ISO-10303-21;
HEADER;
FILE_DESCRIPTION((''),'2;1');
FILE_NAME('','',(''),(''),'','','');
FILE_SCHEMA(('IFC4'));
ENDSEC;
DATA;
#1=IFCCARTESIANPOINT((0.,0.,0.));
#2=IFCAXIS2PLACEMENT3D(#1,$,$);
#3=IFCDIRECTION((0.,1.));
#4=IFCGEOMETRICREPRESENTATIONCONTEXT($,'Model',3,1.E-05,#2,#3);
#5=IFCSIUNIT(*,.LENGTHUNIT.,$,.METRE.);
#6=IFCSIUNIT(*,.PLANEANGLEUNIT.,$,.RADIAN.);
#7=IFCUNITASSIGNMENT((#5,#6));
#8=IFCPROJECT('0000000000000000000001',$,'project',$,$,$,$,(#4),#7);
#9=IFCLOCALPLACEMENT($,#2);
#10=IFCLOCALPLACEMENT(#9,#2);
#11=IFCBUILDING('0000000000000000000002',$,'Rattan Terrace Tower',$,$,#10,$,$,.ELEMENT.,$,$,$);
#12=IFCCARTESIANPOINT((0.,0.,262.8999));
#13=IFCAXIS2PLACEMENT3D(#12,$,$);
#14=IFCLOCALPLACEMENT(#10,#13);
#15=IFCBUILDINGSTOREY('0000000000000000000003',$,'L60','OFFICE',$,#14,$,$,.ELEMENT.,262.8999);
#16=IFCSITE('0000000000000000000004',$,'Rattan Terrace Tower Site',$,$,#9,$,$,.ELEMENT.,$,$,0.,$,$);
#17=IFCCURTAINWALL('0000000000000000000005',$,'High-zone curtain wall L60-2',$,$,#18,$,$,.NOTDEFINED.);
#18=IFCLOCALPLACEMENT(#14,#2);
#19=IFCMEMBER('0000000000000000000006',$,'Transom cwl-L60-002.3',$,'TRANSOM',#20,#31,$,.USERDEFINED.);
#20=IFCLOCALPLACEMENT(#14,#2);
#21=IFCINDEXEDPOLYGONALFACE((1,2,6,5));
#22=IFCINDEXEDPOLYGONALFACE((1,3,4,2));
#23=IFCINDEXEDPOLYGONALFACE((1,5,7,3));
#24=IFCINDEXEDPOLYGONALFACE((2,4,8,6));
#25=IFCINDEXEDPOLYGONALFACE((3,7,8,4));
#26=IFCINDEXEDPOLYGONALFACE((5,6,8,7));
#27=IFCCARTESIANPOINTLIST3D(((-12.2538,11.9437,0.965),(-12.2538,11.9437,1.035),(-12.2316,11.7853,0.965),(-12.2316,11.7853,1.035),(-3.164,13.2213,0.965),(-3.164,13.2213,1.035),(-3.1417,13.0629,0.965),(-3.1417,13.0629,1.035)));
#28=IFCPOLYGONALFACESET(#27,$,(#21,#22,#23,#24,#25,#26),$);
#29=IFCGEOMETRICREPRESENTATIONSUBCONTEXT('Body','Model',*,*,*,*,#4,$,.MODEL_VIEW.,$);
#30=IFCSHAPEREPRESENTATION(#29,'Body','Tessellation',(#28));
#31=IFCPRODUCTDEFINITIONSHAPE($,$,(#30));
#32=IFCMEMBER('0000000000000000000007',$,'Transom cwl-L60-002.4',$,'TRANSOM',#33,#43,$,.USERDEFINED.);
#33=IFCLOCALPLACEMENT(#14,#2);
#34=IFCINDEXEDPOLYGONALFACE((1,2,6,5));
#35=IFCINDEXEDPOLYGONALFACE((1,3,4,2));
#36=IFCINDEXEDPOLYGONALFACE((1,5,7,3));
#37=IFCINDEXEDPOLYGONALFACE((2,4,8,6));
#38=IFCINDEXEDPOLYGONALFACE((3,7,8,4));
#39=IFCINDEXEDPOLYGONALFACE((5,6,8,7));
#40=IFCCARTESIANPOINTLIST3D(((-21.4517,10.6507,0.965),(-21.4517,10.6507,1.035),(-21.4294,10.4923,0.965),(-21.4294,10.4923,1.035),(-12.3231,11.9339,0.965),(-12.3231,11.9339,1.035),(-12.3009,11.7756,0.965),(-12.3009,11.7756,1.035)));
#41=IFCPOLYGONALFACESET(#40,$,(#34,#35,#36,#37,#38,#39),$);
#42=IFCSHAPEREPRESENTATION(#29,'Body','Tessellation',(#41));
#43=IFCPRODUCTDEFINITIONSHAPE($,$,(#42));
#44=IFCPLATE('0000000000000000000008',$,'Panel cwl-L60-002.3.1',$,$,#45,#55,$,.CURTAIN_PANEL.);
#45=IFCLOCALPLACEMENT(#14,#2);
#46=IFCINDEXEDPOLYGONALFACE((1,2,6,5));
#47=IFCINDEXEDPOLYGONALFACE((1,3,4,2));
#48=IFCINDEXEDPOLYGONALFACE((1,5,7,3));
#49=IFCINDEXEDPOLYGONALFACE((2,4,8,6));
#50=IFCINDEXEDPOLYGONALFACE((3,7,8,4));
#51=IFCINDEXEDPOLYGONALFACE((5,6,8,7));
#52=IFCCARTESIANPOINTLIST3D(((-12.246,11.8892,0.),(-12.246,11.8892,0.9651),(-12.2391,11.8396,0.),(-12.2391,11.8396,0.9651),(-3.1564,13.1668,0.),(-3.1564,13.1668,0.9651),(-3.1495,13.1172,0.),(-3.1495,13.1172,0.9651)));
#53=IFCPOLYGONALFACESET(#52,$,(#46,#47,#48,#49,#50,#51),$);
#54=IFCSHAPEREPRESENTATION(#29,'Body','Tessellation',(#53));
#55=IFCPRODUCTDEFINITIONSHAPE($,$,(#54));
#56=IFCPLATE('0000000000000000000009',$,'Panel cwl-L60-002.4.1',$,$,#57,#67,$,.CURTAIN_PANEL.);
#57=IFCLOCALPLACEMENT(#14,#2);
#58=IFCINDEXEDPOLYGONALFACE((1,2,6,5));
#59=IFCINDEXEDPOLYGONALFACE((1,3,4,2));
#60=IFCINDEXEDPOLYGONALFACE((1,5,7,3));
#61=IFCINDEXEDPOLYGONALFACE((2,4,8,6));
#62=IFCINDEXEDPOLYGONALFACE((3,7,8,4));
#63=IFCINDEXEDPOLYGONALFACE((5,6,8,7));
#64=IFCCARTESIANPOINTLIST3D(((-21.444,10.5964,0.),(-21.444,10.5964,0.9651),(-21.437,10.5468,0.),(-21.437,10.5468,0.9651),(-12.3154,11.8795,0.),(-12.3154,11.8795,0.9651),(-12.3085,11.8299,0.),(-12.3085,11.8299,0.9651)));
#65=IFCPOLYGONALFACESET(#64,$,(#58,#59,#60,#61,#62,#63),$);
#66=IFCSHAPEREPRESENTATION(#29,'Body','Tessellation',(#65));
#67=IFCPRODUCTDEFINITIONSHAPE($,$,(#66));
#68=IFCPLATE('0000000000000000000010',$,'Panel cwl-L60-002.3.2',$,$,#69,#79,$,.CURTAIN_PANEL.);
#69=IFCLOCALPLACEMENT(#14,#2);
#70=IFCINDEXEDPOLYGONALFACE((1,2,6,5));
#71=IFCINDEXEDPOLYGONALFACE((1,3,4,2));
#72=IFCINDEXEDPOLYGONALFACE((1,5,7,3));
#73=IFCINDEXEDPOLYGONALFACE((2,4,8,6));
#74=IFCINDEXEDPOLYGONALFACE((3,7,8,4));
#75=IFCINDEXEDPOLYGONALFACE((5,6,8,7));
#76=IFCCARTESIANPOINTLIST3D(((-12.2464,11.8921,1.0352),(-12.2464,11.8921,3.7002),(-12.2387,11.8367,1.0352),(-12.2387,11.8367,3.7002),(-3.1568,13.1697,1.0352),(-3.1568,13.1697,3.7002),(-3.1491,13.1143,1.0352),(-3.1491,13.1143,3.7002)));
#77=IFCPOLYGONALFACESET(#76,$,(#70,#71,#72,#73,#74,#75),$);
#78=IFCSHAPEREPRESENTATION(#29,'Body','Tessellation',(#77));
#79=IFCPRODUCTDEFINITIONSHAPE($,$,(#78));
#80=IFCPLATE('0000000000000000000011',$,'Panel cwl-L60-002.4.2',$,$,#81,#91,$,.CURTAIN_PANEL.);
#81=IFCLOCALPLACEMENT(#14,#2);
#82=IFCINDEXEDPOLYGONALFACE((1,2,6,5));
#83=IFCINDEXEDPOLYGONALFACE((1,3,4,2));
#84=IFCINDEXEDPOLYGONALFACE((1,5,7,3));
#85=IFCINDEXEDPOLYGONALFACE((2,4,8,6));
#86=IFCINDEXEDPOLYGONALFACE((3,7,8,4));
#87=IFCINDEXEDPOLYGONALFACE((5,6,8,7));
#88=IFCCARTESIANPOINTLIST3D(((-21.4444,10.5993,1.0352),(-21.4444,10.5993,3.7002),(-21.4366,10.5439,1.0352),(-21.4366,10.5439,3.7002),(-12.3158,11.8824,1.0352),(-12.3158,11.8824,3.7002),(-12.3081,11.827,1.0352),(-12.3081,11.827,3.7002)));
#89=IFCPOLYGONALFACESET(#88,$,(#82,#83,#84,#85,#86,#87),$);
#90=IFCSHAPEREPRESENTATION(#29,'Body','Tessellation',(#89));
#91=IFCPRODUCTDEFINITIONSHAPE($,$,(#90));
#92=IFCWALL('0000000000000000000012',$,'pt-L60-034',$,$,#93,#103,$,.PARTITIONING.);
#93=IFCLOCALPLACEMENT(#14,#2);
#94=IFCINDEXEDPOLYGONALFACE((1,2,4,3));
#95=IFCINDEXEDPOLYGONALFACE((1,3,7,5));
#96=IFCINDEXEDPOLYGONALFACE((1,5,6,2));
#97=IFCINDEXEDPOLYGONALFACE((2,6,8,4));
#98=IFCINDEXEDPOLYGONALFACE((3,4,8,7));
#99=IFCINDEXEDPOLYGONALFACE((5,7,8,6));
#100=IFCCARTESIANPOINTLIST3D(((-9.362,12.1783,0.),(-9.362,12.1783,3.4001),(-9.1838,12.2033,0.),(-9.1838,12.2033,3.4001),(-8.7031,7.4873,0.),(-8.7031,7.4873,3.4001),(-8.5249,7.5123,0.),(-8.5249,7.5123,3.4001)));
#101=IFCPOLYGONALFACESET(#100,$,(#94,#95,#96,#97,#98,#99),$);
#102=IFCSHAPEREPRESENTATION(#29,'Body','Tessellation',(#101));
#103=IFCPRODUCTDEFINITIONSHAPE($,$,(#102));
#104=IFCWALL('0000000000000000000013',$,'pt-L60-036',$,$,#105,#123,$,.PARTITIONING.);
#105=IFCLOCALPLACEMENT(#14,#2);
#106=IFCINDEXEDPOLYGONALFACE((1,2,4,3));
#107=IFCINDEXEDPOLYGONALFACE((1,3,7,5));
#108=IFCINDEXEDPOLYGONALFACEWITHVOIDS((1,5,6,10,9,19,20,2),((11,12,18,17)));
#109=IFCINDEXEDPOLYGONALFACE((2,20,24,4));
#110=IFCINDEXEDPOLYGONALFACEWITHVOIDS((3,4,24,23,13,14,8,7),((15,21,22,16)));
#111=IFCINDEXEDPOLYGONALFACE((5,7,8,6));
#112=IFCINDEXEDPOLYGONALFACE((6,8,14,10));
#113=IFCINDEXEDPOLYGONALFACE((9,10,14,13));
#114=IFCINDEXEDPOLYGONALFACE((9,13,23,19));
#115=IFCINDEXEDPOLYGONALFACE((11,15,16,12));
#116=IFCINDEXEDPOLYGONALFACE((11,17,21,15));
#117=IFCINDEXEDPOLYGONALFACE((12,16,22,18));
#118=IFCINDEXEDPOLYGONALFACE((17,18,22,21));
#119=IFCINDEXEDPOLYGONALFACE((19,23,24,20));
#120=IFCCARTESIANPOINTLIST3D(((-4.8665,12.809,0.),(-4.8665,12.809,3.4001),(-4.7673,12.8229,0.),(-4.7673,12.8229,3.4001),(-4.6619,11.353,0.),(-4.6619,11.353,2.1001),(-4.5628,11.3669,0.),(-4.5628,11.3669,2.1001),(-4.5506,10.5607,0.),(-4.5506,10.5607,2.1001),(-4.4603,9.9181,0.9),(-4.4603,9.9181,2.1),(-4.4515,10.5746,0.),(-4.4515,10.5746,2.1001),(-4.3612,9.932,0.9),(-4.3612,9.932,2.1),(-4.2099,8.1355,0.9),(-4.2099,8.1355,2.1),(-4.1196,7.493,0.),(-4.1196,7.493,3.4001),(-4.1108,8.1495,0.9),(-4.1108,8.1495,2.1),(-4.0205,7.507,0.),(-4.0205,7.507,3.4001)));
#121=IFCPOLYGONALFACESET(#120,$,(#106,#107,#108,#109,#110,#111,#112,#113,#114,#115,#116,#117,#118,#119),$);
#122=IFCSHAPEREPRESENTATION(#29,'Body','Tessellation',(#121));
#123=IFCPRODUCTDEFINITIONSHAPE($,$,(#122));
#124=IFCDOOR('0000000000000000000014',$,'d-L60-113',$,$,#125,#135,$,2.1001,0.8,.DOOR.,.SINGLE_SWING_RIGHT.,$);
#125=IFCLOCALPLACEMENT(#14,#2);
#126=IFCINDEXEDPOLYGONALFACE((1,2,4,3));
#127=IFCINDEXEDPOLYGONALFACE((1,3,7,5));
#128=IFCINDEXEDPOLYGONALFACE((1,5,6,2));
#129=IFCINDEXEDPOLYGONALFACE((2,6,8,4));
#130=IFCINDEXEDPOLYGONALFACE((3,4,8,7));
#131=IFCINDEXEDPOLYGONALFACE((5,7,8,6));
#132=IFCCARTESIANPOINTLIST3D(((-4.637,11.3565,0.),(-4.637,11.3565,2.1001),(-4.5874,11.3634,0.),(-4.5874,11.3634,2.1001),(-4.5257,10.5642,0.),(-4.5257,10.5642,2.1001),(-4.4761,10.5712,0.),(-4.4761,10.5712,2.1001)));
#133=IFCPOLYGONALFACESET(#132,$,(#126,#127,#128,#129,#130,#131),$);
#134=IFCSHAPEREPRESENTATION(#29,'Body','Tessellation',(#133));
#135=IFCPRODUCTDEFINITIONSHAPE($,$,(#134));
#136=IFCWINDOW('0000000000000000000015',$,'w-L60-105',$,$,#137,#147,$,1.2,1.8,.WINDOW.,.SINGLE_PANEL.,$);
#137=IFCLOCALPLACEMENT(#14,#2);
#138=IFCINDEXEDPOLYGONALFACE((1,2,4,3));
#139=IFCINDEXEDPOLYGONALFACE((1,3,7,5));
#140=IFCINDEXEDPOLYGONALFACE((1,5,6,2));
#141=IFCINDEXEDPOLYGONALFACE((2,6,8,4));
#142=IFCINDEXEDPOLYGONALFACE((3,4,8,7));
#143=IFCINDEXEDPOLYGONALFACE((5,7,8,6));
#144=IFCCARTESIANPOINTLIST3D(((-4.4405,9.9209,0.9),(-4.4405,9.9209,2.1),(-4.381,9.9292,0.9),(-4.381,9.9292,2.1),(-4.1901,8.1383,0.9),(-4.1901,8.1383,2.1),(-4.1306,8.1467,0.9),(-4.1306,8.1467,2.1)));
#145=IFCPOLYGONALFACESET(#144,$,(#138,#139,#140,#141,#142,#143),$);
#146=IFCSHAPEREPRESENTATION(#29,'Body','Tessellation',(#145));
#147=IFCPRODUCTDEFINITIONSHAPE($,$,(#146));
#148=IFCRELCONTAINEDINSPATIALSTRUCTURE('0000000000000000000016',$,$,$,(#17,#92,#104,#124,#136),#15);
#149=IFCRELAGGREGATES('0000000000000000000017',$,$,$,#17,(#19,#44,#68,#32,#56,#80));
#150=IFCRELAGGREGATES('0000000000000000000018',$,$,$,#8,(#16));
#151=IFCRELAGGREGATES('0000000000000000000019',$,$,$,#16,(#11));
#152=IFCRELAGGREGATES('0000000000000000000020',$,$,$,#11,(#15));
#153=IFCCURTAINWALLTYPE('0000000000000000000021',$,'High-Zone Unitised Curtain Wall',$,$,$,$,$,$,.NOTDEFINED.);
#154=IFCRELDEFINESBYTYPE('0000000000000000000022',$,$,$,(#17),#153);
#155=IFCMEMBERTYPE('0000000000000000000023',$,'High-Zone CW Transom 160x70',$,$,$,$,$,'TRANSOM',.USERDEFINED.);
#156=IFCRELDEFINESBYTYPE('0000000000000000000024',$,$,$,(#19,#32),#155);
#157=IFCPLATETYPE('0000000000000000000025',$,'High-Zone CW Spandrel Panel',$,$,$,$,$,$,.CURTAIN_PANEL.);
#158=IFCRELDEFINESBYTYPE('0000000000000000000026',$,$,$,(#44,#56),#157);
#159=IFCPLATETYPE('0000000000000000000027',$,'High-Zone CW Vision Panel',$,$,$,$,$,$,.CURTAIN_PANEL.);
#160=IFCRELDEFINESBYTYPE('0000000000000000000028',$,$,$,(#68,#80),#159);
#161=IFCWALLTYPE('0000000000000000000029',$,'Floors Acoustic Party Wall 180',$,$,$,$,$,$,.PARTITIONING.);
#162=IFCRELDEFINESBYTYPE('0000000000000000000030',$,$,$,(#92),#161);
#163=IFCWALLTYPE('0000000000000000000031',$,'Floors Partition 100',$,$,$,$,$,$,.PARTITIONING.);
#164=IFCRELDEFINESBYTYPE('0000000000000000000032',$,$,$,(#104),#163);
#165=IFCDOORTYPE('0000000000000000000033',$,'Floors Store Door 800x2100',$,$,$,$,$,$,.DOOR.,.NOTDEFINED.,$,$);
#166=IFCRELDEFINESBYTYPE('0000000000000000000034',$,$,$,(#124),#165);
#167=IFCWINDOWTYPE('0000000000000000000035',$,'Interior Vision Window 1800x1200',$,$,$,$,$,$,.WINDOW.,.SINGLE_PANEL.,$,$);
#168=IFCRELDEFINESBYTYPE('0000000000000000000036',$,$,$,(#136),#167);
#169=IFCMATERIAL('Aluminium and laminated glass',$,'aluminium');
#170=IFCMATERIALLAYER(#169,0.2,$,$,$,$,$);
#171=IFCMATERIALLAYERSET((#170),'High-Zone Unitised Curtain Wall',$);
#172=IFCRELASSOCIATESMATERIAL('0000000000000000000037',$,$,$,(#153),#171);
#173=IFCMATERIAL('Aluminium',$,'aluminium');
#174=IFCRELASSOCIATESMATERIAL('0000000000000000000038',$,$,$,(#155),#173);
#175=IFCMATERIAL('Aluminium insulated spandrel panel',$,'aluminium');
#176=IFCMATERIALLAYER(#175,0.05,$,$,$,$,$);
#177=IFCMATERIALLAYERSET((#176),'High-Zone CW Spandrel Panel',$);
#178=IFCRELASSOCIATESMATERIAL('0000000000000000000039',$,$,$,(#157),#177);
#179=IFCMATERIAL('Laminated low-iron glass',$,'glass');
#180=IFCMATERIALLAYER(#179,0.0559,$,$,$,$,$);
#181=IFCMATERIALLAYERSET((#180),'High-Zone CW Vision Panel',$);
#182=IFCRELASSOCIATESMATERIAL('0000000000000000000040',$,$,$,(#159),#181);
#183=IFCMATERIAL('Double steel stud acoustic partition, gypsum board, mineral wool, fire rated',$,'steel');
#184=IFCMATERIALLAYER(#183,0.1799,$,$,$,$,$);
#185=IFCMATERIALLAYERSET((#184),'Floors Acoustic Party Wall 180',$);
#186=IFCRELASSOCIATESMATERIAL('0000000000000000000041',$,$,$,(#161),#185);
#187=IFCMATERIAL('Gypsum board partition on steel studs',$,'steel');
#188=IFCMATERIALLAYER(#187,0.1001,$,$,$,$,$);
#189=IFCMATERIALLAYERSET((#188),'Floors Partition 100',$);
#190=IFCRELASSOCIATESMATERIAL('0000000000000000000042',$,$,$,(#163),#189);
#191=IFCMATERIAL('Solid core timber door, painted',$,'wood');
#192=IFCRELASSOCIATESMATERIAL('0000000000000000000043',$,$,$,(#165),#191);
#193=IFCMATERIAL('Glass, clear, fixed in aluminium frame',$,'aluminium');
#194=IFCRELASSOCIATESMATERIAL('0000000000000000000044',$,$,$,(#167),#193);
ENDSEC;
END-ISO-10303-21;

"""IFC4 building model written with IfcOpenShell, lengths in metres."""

from ifc_helpers import new_model, si_unit, direction, frame, frame_2d, origin, origin_2d, place, context, subcontext, project, spatial, rectangle, extrude, material, layer, layer_set, material_profile, profile_set, type_object, element, fill, aggregate, save


model = new_model("IFC4")

# Units and contexts
model_context = context("Model", 3, precision=1e-05, world=origin(), true_north=direction((0.0, 1.0)))
body_context = subcontext(model_context, "Body", "Model", "MODEL_VIEW")
ifc_project = project(units=[si_unit("LENGTHUNIT", "METRE"), si_unit("PLANEANGLEUNIT", "RADIAN")], contexts=[model_context])

# Site, building, storey
site_placement = place(None, origin())
site = spatial("IfcSite", under=ifc_project, at=site_placement, Name="Rattan Terrace Tower Site", CompositionType="ELEMENT", RefElevation=0.0)
building_placement = place(site_placement, origin())
building = spatial("IfcBuilding", under=site, at=building_placement, Name="Rattan Terrace Tower", CompositionType="ELEMENT")
storey_placement = place(building_placement, frame((0.0, 0.0, 262.8999)))
storey = spatial("IfcBuildingStorey", under=building, at=storey_placement, Name="L60", Description="OFFICE", CompositionType="ELEMENT", Elevation=262.8999)

# Curtain wall, members, plates
ifc_material_1 = material(Name="Aluminium and laminated glass", Category="aluminium")
ifc_layer_1 = layer(ifc_material_1, 0.2)
ifc_layer_set_1 = layer_set([ifc_layer_1], Name="High-Zone Unitised Curtain Wall")
curtain_wall_type = type_object("IfcCurtainWallType", Name="High-Zone Unitised Curtain Wall", PredefinedType="NOTDEFINED", material=ifc_layer_set_1)
curtain_wall_placement = place(storey_placement, origin())
curtain_wall = element("IfcCurtainWall", 1, at=curtain_wall_placement, inside=storey, type_object=curtain_wall_type, Name="High-zone curtain wall L60-2", PredefinedType="NOTDEFINED")
ifc_material_2 = material(Name="Aluminium", Category="aluminium")
ifc_material_profile_1 = material_profile(ifc_material_2, rectangle(XDim=0.1599, YDim=0.0701, at=origin_2d()), Name="Aluminium 160x70")
ifc_profile_set_1 = profile_set([ifc_material_profile_1], Name="Aluminium")
member_type_1 = type_object("IfcMemberType", Name="High-Zone CW Transom 160x70", ElementType="TRANSOM", PredefinedType="USERDEFINED", material=ifc_profile_set_1)
member_1_placement = place(storey_placement, frame((-3.1528, 13.1421, 1.0), z_axis=(-0.990267, -0.139183, 0.0), x_axis=(0.139183, -0.990267, 0.0)))
member_1 = element("IfcMember", 2, at=member_1_placement, type_object=member_type_1, Name="Transom cwl-L60-002.3", ObjectType="TRANSOM", PredefinedType="USERDEFINED", context=body_context, shape_type="SweptSolid", body=[
    extrude(rectangle(XDim=0.1599, YDim=0.0701, at=origin_2d()), origin(), (0.0, 0.0, 1.0), 9.1792),
])
member_2_placement = place(storey_placement, frame((-12.312, 11.8547, 1.0), z_axis=(-0.990264, -0.139204, 0.0), x_axis=(0.139204, -0.990264, 0.0)))
member_2 = element("IfcMember", 3, at=member_2_placement, type_object=member_type_1, Name="Transom cwl-L60-002.4", ObjectType="TRANSOM", PredefinedType="USERDEFINED", context=body_context, shape_type="SweptSolid", body=[
    extrude(rectangle(XDim=0.1599, YDim=0.0701, at=origin_2d()), origin(), (0.0, 0.0, 1.0), 9.2183),
])
ifc_material_3 = material(Name="Aluminium insulated spandrel panel", Category="aluminium")
ifc_layer_2 = layer(ifc_material_3, 0.05)
ifc_layer_set_2 = layer_set([ifc_layer_2], Name="High-Zone CW Spandrel Panel")
plate_type_1 = type_object("IfcPlateType", Name="High-Zone CW Spandrel Panel", PredefinedType="CURTAIN_PANEL", material=ifc_layer_set_2)
plate_1_placement = place(storey_placement, frame((-7.6978, 12.5032, 0.0), z_axis=(0.0, 0.0, 1.0), x_axis=(-0.990266, -0.139189, 0.0)))
plate_1 = element("IfcPlate", 4, at=plate_1_placement, type_object=plate_type_1, Name="Panel cwl-L60-002.3.1", PredefinedType="CURTAIN_PANEL", context=body_context, shape_type="SweptSolid", body=[
    extrude(rectangle(XDim=9.179, YDim=0.05, at=origin_2d()), origin(), (0.0, 0.0, 1.0), 0.9651),
])
plate_2_placement = place(storey_placement, frame((-16.8762, 11.2131, 0.0), z_axis=(0.0, 0.0, 1.0), x_axis=(-0.990266, -0.139189, 0.0)))
plate_2 = element("IfcPlate", 5, at=plate_2_placement, type_object=plate_type_1, Name="Panel cwl-L60-002.4.1", PredefinedType="CURTAIN_PANEL", context=body_context, shape_type="SweptSolid", body=[
    extrude(rectangle(XDim=9.2183, YDim=0.05, at=origin_2d()), origin(), (0.0, 0.0, 1.0), 0.9651),
])
ifc_material_4 = material(Name="Laminated low-iron glass", Category="glass")
ifc_layer_3 = layer(ifc_material_4, 0.0559)
ifc_layer_set_3 = layer_set([ifc_layer_3], Name="High-Zone CW Vision Panel")
plate_type_2 = type_object("IfcPlateType", Name="High-Zone CW Vision Panel", PredefinedType="CURTAIN_PANEL", material=ifc_layer_set_3)
plate_3_placement = place(storey_placement, frame((-7.6978, 12.5032, 1.0352), z_axis=(0.0, 0.0, 1.0), x_axis=(-0.990266, -0.139189, 0.0)))
plate_3 = element("IfcPlate", 6, at=plate_3_placement, type_object=plate_type_2, Name="Panel cwl-L60-002.3.2", PredefinedType="CURTAIN_PANEL", context=body_context, shape_type="SweptSolid", body=[
    extrude(rectangle(XDim=9.179, YDim=0.0559, at=origin_2d()), origin(), (0.0, 0.0, 1.0), 2.665),
])
plate_4_placement = place(storey_placement, frame((-16.8762, 11.2131, 1.0352), z_axis=(0.0, 0.0, 1.0), x_axis=(-0.990266, -0.139189, 0.0)))
plate_4 = element("IfcPlate", 7, at=plate_4_placement, type_object=plate_type_2, Name="Panel cwl-L60-002.4.2", PredefinedType="CURTAIN_PANEL", context=body_context, shape_type="SweptSolid", body=[
    extrude(rectangle(XDim=9.2183, YDim=0.0559, at=origin_2d()), origin(), (0.0, 0.0, 1.0), 2.665),
])
aggregate(curtain_wall, [member_1, plate_1, plate_3, member_2, plate_2, plate_4])

# Wall
ifc_material_5 = material(Name="Double steel stud acoustic partition, gypsum board, mineral wool, fire rated", Category="steel")
ifc_layer_4 = layer(ifc_material_5, 0.1799)
ifc_layer_set_4 = layer_set([ifc_layer_4], Name="Floors Acoustic Party Wall 180")
wall_type_1 = type_object("IfcWallType", Name="Floors Acoustic Party Wall 180", PredefinedType="PARTITIONING", material=ifc_layer_set_4)
wall_1_placement = place(storey_placement, frame((-9.2729, 12.1909, 0.0), z_axis=(0.0, 0.0, 1.0), x_axis=(0.139105, -0.990278, 0.0)))
element("IfcWall", 8, at=wall_1_placement, inside=storey, type_object=wall_type_1, Name="pt-L60-034", PredefinedType="PARTITIONING", context=body_context, shape_type="SweptSolid", body=[
    extrude(rectangle(XDim=4.7371, YDim=0.1799, at=frame_2d((2.3687, 0.0))), origin(), (0.0, 0.0, 1.0), 3.4001),
])

# Wall, openings, door, window
ifc_material_6 = material(Name="Gypsum board partition on steel studs", Category="steel")
ifc_layer_5 = layer(ifc_material_6, 0.1001)
ifc_layer_set_5 = layer_set([ifc_layer_5], Name="Floors Partition 100")
wall_type_2 = type_object("IfcWallType", Name="Floors Partition 100", PredefinedType="PARTITIONING", material=ifc_layer_set_5)
wall_2_placement = place(storey_placement, frame((-4.0701, 7.5, 0.0), z_axis=(0.0, 0.0, 1.0), x_axis=(-0.139122, 0.990275, 0.0)))
wall_2 = element("IfcWall", 9, at=wall_2_placement, inside=storey, type_object=wall_type_2, Name="pt-L60-036", PredefinedType="PARTITIONING", context=body_context, shape_type="SweptSolid", body=[
    extrude(rectangle(XDim=5.3682, YDim=0.1001, at=frame_2d((2.6841, 0.0))), origin(), (0.0, 0.0, 1.0), 3.4001),
])
opening_1_placement = place(wall_2_placement, frame((3.0979, 0.0, 0.0)))
opening_1 = element("IfcOpeningElement", 10, at=opening_1_placement, cuts=wall_2, PredefinedType="OPENING", context=body_context, shape_type="SweptSolid", body=[
    extrude(rectangle(XDim=0.8, YDim=2.1001, at=frame_2d((0.3999, 1.05))), frame((0.0, 0.0605, 0.0), z_axis=(0.0, -1.0, 0.0), x_axis=(1.0, 0.0, 0.0)), (0.0, 0.0, 1.0), 0.1211),
])
opening_2_placement = place(wall_2_placement, frame((0.6489, 0.0, 0.8999)))
opening_2 = element("IfcOpeningElement", 11, at=opening_2_placement, cuts=wall_2, PredefinedType="OPENING", context=body_context, shape_type="SweptSolid", body=[
    extrude(rectangle(XDim=1.8, YDim=1.2, at=frame_2d((0.8999, 0.6001))), frame((0.0, 0.0605, 0.0), z_axis=(0.0, -1.0, 0.0), x_axis=(1.0, 0.0, 0.0)), (0.0, 0.0, 1.0), 0.1211),
])
ifc_material_7 = material(Name="Solid core timber door, painted", Category="wood")
door_type_1 = type_object("IfcDoorType", Name="Floors Store Door 800x2100", OperationType="NOTDEFINED", PredefinedType="DOOR", material=ifc_material_7)
door_1_placement = place(opening_1_placement, origin())
door_1 = element("IfcDoor", 12, at=door_1_placement, inside=storey, type_object=door_type_1, Name="d-L60-113", OperationType="SINGLE_SWING_RIGHT", OverallHeight=2.1001, OverallWidth=0.8, PredefinedType="DOOR", context=body_context, shape_type="SweptSolid", body=[
    extrude(rectangle(XDim=0.8, YDim=2.1001, at=frame_2d((0.3999, 1.05))), frame((0.0, 0.0249, 0.0), z_axis=(0.0, -1.0, 0.0), x_axis=(1.0, 0.0, 0.0)), (0.0, 0.0, 1.0), 0.05),
])
fill(opening_1, door_1)
ifc_material_8 = material(Name="Glass, clear, fixed in aluminium frame", Category="aluminium")
window_type = type_object("IfcWindowType", Name="Interior Vision Window 1800x1200", PartitioningType="SINGLE_PANEL", PredefinedType="WINDOW", material=ifc_material_8)
window_placement = place(opening_2_placement, origin())
window = element("IfcWindow", 13, at=window_placement, inside=storey, type_object=window_type, Name="w-L60-105", OverallHeight=1.2, OverallWidth=1.8, PartitioningType="SINGLE_PANEL", PredefinedType="WINDOW", context=body_context, shape_type="SweptSolid", body=[
    extrude(rectangle(XDim=1.8, YDim=1.2, at=frame_2d((0.8999, 0.6001))), frame((0.0, 0.03, 0.0), z_axis=(0.0, -1.0, 0.0), x_axis=(1.0, 0.0, 0.0)), (0.0, 0.0, 1.0), 0.0601),
])
fill(opening_2, window)

save(model, "model.ifc")
